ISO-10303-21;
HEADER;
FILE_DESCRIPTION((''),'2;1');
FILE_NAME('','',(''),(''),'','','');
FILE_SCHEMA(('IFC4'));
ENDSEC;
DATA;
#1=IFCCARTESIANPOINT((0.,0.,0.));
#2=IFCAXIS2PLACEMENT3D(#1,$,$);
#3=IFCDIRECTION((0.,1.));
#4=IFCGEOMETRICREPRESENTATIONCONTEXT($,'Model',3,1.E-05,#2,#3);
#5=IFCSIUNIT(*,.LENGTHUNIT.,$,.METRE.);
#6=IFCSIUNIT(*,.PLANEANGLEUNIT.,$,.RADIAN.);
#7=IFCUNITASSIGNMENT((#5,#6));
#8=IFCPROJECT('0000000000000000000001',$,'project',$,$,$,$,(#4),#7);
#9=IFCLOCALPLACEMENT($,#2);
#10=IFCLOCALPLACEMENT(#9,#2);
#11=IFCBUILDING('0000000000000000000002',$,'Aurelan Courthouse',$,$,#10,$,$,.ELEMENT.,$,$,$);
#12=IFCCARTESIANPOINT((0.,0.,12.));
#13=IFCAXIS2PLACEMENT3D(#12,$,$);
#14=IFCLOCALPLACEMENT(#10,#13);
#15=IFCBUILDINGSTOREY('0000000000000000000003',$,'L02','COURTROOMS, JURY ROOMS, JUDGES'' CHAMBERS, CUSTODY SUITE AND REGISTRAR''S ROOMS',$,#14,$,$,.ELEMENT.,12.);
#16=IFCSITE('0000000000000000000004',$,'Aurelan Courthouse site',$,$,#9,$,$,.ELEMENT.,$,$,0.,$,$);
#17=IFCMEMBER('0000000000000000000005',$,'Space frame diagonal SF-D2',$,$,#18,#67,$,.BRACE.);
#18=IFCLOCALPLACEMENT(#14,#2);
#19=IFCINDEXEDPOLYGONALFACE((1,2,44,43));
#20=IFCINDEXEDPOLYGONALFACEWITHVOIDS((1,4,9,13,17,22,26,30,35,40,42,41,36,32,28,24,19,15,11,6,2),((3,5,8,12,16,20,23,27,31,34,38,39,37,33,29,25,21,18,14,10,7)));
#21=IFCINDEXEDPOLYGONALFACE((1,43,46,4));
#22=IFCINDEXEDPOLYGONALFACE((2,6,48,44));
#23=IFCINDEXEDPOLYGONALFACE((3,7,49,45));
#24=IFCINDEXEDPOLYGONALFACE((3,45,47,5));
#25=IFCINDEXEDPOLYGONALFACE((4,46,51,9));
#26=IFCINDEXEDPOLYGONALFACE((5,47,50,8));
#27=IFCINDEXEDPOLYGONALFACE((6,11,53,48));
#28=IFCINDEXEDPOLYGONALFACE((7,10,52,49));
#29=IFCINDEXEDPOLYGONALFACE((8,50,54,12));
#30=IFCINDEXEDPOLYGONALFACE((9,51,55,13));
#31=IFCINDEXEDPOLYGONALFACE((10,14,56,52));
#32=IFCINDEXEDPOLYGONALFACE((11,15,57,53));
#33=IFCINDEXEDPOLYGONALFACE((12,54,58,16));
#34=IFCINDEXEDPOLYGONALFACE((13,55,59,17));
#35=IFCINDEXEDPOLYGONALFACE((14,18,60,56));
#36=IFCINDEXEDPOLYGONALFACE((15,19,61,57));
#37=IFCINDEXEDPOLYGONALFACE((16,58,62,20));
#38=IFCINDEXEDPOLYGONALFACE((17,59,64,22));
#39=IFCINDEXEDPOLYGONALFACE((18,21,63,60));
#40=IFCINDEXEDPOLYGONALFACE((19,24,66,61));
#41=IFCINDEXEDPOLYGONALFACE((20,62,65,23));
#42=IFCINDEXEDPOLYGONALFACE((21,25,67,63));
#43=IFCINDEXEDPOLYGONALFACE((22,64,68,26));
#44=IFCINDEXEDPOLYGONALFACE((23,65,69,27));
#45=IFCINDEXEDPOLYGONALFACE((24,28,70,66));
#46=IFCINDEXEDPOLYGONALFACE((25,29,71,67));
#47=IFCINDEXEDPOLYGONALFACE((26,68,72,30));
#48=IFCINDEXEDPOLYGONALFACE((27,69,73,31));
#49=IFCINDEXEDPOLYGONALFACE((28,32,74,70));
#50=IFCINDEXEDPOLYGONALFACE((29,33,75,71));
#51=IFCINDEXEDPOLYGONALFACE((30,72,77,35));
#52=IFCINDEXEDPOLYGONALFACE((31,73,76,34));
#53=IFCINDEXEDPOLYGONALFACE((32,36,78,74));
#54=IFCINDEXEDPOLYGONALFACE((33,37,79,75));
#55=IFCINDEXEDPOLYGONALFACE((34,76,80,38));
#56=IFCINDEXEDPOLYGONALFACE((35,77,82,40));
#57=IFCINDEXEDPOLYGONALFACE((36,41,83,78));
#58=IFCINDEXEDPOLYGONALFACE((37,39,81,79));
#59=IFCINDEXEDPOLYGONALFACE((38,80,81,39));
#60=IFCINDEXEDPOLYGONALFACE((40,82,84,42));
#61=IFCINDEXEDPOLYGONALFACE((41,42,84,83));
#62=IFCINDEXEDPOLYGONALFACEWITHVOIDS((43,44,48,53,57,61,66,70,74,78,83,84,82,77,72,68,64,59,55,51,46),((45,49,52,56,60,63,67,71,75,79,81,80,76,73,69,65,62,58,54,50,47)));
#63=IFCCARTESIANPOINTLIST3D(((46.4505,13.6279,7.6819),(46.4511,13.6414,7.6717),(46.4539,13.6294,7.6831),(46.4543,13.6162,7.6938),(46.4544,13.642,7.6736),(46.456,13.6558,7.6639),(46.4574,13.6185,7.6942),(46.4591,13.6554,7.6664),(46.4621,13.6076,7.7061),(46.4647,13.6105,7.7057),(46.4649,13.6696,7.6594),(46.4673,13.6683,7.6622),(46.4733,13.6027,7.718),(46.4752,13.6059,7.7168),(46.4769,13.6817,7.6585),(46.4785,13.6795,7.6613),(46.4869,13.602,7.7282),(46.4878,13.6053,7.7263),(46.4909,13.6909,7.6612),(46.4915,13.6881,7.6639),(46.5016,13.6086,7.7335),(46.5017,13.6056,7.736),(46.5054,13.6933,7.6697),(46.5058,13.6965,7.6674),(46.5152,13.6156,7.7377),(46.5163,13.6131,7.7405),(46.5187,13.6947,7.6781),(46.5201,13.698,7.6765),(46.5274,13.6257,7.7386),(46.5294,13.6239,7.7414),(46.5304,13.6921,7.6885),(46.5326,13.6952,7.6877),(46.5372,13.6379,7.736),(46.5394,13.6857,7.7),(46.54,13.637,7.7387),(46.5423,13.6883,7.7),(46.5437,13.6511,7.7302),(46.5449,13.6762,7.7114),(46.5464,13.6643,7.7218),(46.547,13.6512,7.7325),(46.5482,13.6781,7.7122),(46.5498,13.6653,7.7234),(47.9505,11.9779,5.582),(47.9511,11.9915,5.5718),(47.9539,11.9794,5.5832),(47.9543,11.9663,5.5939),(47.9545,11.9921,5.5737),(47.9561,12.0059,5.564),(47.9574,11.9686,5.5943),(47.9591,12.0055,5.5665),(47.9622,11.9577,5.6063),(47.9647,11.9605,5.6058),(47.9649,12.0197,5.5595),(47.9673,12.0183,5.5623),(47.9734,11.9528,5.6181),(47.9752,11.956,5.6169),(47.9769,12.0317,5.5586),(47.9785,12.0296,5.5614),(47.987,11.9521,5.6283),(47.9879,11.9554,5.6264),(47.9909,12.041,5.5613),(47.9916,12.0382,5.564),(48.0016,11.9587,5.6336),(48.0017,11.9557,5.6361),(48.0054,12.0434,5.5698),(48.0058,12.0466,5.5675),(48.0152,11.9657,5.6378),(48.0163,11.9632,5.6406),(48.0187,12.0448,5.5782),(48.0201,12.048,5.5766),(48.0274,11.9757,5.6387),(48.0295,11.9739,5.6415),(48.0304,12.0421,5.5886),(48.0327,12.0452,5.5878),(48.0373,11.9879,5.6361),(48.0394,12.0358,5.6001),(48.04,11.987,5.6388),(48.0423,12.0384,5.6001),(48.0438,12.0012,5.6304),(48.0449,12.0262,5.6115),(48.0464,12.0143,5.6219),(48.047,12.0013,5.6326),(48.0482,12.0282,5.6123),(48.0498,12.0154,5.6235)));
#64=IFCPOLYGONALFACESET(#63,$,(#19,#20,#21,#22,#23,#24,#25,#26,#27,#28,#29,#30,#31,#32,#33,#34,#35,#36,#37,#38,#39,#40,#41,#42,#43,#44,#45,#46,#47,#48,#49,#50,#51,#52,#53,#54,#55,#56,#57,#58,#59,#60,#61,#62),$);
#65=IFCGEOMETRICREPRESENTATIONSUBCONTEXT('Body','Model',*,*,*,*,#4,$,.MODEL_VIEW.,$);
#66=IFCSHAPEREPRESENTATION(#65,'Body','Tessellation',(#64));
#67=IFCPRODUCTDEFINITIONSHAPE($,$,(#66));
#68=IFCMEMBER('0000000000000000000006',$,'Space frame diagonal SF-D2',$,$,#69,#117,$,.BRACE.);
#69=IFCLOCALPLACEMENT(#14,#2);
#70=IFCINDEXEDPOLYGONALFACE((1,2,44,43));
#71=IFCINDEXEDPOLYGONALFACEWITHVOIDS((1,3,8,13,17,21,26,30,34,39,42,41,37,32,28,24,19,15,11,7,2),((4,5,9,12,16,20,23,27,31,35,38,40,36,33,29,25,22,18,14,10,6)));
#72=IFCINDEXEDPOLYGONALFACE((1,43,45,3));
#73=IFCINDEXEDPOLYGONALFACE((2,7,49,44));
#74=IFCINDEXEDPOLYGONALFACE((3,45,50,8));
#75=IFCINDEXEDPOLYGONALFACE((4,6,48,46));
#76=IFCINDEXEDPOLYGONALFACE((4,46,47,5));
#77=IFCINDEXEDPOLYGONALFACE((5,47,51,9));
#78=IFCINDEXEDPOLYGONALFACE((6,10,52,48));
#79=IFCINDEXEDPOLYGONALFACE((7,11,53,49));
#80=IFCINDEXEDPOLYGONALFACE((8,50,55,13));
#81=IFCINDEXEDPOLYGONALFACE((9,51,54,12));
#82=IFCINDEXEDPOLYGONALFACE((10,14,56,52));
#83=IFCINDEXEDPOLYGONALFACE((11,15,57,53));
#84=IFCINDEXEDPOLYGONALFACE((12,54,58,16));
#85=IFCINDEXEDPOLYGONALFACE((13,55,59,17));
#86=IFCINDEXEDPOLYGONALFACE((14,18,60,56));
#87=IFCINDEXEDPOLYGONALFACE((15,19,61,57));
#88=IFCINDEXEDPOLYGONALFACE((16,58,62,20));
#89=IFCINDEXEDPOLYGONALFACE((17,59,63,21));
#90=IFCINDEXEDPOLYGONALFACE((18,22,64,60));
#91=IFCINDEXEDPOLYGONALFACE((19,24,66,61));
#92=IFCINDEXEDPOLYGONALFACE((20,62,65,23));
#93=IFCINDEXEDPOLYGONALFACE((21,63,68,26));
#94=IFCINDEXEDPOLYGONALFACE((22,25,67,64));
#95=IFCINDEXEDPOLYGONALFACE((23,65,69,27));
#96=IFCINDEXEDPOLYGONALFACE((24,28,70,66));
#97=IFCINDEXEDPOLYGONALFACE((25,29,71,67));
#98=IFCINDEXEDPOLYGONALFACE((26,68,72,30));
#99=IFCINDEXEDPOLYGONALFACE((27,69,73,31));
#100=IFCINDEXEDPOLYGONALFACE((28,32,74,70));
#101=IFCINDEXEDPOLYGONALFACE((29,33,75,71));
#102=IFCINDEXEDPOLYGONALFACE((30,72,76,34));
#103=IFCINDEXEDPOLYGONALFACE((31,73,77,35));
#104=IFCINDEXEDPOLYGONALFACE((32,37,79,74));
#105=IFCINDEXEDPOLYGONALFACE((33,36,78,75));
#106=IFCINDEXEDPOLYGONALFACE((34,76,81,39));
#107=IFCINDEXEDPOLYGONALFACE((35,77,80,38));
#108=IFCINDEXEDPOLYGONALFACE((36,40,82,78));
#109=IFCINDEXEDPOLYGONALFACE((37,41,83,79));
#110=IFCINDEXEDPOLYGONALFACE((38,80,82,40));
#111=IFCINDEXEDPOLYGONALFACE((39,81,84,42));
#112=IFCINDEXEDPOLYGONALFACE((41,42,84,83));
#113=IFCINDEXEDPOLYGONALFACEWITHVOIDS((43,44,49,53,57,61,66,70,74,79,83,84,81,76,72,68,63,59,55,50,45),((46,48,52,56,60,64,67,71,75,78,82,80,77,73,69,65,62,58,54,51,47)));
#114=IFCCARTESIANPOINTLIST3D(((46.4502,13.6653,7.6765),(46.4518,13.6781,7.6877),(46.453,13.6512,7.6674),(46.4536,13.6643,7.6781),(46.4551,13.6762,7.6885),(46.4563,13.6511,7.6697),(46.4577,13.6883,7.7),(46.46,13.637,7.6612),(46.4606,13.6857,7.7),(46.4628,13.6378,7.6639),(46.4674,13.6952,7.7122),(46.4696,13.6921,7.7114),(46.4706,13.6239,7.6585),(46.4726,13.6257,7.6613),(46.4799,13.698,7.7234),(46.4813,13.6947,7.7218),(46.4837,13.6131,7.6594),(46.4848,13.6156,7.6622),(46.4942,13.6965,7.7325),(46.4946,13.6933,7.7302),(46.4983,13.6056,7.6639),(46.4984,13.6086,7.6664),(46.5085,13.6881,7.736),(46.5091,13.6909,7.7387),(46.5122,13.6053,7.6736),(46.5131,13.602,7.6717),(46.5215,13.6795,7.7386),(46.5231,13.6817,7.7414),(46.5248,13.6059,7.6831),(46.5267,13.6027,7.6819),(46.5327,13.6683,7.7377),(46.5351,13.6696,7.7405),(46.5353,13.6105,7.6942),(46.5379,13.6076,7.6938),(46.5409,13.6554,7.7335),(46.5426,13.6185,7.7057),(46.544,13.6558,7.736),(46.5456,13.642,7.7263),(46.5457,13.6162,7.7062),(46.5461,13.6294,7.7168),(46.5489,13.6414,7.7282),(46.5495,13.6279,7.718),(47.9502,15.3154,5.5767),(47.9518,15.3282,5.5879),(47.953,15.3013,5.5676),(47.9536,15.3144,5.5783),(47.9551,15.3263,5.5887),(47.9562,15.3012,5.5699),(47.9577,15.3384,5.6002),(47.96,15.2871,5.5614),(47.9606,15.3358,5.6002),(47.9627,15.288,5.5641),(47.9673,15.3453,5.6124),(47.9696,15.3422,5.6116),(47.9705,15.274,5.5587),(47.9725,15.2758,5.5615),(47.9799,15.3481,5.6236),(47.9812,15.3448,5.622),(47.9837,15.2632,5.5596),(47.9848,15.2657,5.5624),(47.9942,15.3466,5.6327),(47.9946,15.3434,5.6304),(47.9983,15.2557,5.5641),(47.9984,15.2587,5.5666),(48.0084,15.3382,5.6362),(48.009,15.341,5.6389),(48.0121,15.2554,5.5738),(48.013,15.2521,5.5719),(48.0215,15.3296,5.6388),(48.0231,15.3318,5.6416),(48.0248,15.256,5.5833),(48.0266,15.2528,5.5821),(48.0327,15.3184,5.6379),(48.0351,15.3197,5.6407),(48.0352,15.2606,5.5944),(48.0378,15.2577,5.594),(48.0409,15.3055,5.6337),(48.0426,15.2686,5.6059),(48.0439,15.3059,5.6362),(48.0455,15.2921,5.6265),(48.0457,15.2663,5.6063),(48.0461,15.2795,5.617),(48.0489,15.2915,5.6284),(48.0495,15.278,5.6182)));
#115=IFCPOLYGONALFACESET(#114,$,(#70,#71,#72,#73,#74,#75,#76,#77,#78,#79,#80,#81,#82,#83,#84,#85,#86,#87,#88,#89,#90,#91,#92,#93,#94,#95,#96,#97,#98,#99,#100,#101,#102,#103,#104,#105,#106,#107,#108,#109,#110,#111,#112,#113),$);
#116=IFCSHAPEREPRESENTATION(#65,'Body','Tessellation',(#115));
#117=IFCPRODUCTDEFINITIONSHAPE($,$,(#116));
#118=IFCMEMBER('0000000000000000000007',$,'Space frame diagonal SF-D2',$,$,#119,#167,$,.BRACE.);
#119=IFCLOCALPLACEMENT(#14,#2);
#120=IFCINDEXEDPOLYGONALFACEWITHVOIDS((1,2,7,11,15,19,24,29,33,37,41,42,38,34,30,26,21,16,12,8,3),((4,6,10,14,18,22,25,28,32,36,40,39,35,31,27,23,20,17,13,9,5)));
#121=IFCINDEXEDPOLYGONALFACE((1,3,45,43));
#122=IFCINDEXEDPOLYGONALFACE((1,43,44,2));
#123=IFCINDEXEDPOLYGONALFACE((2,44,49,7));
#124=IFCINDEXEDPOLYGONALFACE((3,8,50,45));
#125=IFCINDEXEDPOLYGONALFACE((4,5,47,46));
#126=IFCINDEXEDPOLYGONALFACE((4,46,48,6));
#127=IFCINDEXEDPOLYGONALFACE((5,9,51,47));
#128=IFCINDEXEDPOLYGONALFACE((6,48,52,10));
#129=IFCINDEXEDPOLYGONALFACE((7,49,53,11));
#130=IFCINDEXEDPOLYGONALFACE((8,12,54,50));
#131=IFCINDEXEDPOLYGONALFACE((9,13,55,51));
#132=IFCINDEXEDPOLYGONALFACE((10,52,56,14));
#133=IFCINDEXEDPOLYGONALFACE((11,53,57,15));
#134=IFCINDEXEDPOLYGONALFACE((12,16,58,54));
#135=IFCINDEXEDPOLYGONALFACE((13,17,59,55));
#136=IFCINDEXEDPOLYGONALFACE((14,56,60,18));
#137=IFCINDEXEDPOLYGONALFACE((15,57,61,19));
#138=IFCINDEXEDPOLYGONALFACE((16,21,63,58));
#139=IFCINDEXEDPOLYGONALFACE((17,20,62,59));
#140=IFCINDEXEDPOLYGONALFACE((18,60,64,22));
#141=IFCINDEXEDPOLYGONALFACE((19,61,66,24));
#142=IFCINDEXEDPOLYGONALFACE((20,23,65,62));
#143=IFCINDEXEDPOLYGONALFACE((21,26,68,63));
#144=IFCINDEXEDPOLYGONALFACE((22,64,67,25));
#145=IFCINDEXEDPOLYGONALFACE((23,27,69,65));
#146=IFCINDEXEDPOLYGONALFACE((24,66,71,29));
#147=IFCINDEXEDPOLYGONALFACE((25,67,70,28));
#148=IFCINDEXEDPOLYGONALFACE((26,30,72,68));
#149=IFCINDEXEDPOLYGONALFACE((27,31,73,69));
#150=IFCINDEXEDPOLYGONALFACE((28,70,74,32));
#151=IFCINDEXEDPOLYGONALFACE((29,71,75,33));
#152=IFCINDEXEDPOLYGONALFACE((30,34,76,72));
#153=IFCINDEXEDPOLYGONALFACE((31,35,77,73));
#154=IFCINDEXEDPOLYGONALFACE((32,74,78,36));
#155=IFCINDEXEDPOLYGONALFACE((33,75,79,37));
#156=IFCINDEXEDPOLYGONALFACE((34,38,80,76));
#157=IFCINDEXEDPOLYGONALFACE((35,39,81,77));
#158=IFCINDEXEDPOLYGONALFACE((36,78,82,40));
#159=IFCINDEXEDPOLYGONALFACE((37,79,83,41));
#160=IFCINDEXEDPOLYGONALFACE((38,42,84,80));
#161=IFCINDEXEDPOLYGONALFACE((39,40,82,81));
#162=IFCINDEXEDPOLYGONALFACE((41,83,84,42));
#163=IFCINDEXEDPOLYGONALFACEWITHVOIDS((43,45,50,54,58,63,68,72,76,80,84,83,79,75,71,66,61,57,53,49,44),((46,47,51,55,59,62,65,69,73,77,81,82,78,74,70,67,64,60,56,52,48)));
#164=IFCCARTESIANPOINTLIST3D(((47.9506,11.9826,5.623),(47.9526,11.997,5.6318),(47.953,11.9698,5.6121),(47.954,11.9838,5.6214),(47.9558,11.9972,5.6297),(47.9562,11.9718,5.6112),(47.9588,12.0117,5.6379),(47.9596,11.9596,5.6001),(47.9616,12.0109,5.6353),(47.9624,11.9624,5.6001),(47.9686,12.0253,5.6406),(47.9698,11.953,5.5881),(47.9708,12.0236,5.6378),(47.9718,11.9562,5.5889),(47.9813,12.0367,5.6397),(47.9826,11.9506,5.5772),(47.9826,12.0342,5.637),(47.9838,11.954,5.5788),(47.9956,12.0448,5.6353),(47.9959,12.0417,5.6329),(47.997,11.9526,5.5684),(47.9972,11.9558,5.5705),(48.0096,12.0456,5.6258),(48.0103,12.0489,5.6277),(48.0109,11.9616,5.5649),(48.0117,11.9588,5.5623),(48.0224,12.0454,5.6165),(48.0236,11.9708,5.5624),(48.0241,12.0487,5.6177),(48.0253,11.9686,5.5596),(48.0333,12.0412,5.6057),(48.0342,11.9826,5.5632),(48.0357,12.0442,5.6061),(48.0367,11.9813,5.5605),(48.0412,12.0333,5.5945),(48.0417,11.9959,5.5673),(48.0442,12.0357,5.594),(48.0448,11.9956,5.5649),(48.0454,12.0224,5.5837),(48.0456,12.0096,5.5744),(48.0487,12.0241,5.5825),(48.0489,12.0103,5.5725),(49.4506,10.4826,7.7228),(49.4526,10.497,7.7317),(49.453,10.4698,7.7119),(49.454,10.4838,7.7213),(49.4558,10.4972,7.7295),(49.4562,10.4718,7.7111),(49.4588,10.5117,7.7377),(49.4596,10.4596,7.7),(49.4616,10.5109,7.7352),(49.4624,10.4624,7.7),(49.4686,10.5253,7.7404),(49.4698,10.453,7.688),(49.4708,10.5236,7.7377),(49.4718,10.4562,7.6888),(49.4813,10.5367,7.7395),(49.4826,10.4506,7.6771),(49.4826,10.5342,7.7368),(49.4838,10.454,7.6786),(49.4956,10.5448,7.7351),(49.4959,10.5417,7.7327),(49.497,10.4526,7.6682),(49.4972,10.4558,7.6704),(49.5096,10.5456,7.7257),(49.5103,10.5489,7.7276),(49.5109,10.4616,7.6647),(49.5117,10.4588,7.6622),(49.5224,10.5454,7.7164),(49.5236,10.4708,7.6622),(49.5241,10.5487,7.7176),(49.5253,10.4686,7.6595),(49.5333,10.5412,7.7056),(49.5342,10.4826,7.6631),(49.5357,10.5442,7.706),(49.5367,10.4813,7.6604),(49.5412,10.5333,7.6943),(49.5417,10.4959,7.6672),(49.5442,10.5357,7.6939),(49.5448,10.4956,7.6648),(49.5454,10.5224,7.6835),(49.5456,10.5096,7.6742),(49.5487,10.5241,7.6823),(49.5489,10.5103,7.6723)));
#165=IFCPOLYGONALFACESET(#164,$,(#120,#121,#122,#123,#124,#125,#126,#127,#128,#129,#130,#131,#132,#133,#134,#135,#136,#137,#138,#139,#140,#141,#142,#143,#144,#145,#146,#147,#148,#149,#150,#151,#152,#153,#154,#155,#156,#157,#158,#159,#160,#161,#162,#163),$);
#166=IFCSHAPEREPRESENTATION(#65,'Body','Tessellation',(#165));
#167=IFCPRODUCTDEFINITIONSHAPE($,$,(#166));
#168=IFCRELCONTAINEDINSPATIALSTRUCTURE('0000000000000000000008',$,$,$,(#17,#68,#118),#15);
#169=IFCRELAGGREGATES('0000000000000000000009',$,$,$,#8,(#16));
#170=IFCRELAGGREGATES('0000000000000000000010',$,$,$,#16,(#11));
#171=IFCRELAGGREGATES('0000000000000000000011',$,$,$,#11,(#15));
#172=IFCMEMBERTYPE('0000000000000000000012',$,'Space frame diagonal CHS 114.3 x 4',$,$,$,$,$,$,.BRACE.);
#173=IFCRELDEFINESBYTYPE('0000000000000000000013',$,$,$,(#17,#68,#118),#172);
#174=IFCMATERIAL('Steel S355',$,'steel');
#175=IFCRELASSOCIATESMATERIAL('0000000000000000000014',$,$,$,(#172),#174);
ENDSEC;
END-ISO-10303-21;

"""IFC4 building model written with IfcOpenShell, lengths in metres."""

from ifc_helpers import new_model, si_unit, direction, frame, origin, origin_2d, place, context, subcontext, project, spatial, hollow_circle, extrude, material, material_profile, profile_set, type_object, element, save


model = new_model("IFC4")

# Units and contexts
model_context = context("Model", 3, precision=1e-05, world=origin(), true_north=direction((0.0, 1.0)))
body_context = subcontext(model_context, "Body", "Model", "MODEL_VIEW")
ifc_project = project(units=[si_unit("LENGTHUNIT", "METRE"), si_unit("PLANEANGLEUNIT", "RADIAN")], contexts=[model_context])

# Site, building, storey
site_placement = place(None, origin())
site = spatial("IfcSite", under=ifc_project, at=site_placement, Name="Aurelan Courthouse site", CompositionType="ELEMENT", RefElevation=0.0)
building_placement = place(site_placement, origin())
building = spatial("IfcBuilding", under=site, at=building_placement, Name="Aurelan Courthouse", CompositionType="ELEMENT")
storey_placement = place(building_placement, frame((0.0, 0.0, 12.0)))
storey = spatial("IfcBuildingStorey", under=building, at=storey_placement, Name="L02", Description="COURTROOMS, JURY ROOMS, JUDGES' CHAMBERS, CUSTODY SUITE AND REGISTRAR'S ROOMS", CompositionType="ELEMENT", Elevation=12.0)

# Members
ifc_material_1 = material(Name="Steel S355", Category="steel")
ifc_material_profile_1 = material_profile(ifc_material_1, hollow_circle(Radius=0.0571, WallThickness=0.0039, at=origin_2d()), Name="CHS 114.3 x 4")
ifc_profile_set_1 = profile_set([ifc_material_profile_1], Name="Steel S355")
member_type_1 = type_object("IfcMemberType", Name="Space frame diagonal CHS 114.3 x 4", PredefinedType="BRACE", material=ifc_profile_set_1)
for number, where, z_axis, x_axis, name in (
    (1, (46.5, 13.6499, 7.7), (0.489727, -0.538667, -0.685569), (0.73992, 0.672695, 0.0), "Space frame diagonal SF-D2"),
    (2, (46.5, 13.6499, 7.7), (0.489706, 0.538724, -0.68554), (-0.73997, 0.67264, 0.0), "Space frame diagonal SF-D2"),
):
    element("IfcMember", number, at=place(storey_placement, frame(where, z_axis=z_axis, x_axis=x_axis)), inside=storey, type_object=member_type_1, Name=name, PredefinedType="BRACE", context=body_context, shape_type="SweptSolid", body=[
        extrude(hollow_circle(Radius=0.0571, WallThickness=0.0039, at=origin_2d()), origin(), (0.0, 0.0, 1.0), 3.063),
    ])
for number, where, z_axis, x_axis, name in (
    (3, (49.5, 10.5, 7.7), (-0.502536, 0.502536, -0.703502), (-0.707107, -0.707107, 0.0), "Space frame diagonal SF-D2"),
):
    element("IfcMember", number, at=place(storey_placement, frame(where, z_axis=z_axis, x_axis=x_axis)), inside=storey, type_object=member_type_1, Name=name, PredefinedType="BRACE", context=body_context, shape_type="SweptSolid", body=[
        extrude(hollow_circle(Radius=0.0571, WallThickness=0.0039, at=origin_2d()), origin(), (0.0, 0.0, 1.0), 2.9849),
    ])

save(model, "model.ifc")
